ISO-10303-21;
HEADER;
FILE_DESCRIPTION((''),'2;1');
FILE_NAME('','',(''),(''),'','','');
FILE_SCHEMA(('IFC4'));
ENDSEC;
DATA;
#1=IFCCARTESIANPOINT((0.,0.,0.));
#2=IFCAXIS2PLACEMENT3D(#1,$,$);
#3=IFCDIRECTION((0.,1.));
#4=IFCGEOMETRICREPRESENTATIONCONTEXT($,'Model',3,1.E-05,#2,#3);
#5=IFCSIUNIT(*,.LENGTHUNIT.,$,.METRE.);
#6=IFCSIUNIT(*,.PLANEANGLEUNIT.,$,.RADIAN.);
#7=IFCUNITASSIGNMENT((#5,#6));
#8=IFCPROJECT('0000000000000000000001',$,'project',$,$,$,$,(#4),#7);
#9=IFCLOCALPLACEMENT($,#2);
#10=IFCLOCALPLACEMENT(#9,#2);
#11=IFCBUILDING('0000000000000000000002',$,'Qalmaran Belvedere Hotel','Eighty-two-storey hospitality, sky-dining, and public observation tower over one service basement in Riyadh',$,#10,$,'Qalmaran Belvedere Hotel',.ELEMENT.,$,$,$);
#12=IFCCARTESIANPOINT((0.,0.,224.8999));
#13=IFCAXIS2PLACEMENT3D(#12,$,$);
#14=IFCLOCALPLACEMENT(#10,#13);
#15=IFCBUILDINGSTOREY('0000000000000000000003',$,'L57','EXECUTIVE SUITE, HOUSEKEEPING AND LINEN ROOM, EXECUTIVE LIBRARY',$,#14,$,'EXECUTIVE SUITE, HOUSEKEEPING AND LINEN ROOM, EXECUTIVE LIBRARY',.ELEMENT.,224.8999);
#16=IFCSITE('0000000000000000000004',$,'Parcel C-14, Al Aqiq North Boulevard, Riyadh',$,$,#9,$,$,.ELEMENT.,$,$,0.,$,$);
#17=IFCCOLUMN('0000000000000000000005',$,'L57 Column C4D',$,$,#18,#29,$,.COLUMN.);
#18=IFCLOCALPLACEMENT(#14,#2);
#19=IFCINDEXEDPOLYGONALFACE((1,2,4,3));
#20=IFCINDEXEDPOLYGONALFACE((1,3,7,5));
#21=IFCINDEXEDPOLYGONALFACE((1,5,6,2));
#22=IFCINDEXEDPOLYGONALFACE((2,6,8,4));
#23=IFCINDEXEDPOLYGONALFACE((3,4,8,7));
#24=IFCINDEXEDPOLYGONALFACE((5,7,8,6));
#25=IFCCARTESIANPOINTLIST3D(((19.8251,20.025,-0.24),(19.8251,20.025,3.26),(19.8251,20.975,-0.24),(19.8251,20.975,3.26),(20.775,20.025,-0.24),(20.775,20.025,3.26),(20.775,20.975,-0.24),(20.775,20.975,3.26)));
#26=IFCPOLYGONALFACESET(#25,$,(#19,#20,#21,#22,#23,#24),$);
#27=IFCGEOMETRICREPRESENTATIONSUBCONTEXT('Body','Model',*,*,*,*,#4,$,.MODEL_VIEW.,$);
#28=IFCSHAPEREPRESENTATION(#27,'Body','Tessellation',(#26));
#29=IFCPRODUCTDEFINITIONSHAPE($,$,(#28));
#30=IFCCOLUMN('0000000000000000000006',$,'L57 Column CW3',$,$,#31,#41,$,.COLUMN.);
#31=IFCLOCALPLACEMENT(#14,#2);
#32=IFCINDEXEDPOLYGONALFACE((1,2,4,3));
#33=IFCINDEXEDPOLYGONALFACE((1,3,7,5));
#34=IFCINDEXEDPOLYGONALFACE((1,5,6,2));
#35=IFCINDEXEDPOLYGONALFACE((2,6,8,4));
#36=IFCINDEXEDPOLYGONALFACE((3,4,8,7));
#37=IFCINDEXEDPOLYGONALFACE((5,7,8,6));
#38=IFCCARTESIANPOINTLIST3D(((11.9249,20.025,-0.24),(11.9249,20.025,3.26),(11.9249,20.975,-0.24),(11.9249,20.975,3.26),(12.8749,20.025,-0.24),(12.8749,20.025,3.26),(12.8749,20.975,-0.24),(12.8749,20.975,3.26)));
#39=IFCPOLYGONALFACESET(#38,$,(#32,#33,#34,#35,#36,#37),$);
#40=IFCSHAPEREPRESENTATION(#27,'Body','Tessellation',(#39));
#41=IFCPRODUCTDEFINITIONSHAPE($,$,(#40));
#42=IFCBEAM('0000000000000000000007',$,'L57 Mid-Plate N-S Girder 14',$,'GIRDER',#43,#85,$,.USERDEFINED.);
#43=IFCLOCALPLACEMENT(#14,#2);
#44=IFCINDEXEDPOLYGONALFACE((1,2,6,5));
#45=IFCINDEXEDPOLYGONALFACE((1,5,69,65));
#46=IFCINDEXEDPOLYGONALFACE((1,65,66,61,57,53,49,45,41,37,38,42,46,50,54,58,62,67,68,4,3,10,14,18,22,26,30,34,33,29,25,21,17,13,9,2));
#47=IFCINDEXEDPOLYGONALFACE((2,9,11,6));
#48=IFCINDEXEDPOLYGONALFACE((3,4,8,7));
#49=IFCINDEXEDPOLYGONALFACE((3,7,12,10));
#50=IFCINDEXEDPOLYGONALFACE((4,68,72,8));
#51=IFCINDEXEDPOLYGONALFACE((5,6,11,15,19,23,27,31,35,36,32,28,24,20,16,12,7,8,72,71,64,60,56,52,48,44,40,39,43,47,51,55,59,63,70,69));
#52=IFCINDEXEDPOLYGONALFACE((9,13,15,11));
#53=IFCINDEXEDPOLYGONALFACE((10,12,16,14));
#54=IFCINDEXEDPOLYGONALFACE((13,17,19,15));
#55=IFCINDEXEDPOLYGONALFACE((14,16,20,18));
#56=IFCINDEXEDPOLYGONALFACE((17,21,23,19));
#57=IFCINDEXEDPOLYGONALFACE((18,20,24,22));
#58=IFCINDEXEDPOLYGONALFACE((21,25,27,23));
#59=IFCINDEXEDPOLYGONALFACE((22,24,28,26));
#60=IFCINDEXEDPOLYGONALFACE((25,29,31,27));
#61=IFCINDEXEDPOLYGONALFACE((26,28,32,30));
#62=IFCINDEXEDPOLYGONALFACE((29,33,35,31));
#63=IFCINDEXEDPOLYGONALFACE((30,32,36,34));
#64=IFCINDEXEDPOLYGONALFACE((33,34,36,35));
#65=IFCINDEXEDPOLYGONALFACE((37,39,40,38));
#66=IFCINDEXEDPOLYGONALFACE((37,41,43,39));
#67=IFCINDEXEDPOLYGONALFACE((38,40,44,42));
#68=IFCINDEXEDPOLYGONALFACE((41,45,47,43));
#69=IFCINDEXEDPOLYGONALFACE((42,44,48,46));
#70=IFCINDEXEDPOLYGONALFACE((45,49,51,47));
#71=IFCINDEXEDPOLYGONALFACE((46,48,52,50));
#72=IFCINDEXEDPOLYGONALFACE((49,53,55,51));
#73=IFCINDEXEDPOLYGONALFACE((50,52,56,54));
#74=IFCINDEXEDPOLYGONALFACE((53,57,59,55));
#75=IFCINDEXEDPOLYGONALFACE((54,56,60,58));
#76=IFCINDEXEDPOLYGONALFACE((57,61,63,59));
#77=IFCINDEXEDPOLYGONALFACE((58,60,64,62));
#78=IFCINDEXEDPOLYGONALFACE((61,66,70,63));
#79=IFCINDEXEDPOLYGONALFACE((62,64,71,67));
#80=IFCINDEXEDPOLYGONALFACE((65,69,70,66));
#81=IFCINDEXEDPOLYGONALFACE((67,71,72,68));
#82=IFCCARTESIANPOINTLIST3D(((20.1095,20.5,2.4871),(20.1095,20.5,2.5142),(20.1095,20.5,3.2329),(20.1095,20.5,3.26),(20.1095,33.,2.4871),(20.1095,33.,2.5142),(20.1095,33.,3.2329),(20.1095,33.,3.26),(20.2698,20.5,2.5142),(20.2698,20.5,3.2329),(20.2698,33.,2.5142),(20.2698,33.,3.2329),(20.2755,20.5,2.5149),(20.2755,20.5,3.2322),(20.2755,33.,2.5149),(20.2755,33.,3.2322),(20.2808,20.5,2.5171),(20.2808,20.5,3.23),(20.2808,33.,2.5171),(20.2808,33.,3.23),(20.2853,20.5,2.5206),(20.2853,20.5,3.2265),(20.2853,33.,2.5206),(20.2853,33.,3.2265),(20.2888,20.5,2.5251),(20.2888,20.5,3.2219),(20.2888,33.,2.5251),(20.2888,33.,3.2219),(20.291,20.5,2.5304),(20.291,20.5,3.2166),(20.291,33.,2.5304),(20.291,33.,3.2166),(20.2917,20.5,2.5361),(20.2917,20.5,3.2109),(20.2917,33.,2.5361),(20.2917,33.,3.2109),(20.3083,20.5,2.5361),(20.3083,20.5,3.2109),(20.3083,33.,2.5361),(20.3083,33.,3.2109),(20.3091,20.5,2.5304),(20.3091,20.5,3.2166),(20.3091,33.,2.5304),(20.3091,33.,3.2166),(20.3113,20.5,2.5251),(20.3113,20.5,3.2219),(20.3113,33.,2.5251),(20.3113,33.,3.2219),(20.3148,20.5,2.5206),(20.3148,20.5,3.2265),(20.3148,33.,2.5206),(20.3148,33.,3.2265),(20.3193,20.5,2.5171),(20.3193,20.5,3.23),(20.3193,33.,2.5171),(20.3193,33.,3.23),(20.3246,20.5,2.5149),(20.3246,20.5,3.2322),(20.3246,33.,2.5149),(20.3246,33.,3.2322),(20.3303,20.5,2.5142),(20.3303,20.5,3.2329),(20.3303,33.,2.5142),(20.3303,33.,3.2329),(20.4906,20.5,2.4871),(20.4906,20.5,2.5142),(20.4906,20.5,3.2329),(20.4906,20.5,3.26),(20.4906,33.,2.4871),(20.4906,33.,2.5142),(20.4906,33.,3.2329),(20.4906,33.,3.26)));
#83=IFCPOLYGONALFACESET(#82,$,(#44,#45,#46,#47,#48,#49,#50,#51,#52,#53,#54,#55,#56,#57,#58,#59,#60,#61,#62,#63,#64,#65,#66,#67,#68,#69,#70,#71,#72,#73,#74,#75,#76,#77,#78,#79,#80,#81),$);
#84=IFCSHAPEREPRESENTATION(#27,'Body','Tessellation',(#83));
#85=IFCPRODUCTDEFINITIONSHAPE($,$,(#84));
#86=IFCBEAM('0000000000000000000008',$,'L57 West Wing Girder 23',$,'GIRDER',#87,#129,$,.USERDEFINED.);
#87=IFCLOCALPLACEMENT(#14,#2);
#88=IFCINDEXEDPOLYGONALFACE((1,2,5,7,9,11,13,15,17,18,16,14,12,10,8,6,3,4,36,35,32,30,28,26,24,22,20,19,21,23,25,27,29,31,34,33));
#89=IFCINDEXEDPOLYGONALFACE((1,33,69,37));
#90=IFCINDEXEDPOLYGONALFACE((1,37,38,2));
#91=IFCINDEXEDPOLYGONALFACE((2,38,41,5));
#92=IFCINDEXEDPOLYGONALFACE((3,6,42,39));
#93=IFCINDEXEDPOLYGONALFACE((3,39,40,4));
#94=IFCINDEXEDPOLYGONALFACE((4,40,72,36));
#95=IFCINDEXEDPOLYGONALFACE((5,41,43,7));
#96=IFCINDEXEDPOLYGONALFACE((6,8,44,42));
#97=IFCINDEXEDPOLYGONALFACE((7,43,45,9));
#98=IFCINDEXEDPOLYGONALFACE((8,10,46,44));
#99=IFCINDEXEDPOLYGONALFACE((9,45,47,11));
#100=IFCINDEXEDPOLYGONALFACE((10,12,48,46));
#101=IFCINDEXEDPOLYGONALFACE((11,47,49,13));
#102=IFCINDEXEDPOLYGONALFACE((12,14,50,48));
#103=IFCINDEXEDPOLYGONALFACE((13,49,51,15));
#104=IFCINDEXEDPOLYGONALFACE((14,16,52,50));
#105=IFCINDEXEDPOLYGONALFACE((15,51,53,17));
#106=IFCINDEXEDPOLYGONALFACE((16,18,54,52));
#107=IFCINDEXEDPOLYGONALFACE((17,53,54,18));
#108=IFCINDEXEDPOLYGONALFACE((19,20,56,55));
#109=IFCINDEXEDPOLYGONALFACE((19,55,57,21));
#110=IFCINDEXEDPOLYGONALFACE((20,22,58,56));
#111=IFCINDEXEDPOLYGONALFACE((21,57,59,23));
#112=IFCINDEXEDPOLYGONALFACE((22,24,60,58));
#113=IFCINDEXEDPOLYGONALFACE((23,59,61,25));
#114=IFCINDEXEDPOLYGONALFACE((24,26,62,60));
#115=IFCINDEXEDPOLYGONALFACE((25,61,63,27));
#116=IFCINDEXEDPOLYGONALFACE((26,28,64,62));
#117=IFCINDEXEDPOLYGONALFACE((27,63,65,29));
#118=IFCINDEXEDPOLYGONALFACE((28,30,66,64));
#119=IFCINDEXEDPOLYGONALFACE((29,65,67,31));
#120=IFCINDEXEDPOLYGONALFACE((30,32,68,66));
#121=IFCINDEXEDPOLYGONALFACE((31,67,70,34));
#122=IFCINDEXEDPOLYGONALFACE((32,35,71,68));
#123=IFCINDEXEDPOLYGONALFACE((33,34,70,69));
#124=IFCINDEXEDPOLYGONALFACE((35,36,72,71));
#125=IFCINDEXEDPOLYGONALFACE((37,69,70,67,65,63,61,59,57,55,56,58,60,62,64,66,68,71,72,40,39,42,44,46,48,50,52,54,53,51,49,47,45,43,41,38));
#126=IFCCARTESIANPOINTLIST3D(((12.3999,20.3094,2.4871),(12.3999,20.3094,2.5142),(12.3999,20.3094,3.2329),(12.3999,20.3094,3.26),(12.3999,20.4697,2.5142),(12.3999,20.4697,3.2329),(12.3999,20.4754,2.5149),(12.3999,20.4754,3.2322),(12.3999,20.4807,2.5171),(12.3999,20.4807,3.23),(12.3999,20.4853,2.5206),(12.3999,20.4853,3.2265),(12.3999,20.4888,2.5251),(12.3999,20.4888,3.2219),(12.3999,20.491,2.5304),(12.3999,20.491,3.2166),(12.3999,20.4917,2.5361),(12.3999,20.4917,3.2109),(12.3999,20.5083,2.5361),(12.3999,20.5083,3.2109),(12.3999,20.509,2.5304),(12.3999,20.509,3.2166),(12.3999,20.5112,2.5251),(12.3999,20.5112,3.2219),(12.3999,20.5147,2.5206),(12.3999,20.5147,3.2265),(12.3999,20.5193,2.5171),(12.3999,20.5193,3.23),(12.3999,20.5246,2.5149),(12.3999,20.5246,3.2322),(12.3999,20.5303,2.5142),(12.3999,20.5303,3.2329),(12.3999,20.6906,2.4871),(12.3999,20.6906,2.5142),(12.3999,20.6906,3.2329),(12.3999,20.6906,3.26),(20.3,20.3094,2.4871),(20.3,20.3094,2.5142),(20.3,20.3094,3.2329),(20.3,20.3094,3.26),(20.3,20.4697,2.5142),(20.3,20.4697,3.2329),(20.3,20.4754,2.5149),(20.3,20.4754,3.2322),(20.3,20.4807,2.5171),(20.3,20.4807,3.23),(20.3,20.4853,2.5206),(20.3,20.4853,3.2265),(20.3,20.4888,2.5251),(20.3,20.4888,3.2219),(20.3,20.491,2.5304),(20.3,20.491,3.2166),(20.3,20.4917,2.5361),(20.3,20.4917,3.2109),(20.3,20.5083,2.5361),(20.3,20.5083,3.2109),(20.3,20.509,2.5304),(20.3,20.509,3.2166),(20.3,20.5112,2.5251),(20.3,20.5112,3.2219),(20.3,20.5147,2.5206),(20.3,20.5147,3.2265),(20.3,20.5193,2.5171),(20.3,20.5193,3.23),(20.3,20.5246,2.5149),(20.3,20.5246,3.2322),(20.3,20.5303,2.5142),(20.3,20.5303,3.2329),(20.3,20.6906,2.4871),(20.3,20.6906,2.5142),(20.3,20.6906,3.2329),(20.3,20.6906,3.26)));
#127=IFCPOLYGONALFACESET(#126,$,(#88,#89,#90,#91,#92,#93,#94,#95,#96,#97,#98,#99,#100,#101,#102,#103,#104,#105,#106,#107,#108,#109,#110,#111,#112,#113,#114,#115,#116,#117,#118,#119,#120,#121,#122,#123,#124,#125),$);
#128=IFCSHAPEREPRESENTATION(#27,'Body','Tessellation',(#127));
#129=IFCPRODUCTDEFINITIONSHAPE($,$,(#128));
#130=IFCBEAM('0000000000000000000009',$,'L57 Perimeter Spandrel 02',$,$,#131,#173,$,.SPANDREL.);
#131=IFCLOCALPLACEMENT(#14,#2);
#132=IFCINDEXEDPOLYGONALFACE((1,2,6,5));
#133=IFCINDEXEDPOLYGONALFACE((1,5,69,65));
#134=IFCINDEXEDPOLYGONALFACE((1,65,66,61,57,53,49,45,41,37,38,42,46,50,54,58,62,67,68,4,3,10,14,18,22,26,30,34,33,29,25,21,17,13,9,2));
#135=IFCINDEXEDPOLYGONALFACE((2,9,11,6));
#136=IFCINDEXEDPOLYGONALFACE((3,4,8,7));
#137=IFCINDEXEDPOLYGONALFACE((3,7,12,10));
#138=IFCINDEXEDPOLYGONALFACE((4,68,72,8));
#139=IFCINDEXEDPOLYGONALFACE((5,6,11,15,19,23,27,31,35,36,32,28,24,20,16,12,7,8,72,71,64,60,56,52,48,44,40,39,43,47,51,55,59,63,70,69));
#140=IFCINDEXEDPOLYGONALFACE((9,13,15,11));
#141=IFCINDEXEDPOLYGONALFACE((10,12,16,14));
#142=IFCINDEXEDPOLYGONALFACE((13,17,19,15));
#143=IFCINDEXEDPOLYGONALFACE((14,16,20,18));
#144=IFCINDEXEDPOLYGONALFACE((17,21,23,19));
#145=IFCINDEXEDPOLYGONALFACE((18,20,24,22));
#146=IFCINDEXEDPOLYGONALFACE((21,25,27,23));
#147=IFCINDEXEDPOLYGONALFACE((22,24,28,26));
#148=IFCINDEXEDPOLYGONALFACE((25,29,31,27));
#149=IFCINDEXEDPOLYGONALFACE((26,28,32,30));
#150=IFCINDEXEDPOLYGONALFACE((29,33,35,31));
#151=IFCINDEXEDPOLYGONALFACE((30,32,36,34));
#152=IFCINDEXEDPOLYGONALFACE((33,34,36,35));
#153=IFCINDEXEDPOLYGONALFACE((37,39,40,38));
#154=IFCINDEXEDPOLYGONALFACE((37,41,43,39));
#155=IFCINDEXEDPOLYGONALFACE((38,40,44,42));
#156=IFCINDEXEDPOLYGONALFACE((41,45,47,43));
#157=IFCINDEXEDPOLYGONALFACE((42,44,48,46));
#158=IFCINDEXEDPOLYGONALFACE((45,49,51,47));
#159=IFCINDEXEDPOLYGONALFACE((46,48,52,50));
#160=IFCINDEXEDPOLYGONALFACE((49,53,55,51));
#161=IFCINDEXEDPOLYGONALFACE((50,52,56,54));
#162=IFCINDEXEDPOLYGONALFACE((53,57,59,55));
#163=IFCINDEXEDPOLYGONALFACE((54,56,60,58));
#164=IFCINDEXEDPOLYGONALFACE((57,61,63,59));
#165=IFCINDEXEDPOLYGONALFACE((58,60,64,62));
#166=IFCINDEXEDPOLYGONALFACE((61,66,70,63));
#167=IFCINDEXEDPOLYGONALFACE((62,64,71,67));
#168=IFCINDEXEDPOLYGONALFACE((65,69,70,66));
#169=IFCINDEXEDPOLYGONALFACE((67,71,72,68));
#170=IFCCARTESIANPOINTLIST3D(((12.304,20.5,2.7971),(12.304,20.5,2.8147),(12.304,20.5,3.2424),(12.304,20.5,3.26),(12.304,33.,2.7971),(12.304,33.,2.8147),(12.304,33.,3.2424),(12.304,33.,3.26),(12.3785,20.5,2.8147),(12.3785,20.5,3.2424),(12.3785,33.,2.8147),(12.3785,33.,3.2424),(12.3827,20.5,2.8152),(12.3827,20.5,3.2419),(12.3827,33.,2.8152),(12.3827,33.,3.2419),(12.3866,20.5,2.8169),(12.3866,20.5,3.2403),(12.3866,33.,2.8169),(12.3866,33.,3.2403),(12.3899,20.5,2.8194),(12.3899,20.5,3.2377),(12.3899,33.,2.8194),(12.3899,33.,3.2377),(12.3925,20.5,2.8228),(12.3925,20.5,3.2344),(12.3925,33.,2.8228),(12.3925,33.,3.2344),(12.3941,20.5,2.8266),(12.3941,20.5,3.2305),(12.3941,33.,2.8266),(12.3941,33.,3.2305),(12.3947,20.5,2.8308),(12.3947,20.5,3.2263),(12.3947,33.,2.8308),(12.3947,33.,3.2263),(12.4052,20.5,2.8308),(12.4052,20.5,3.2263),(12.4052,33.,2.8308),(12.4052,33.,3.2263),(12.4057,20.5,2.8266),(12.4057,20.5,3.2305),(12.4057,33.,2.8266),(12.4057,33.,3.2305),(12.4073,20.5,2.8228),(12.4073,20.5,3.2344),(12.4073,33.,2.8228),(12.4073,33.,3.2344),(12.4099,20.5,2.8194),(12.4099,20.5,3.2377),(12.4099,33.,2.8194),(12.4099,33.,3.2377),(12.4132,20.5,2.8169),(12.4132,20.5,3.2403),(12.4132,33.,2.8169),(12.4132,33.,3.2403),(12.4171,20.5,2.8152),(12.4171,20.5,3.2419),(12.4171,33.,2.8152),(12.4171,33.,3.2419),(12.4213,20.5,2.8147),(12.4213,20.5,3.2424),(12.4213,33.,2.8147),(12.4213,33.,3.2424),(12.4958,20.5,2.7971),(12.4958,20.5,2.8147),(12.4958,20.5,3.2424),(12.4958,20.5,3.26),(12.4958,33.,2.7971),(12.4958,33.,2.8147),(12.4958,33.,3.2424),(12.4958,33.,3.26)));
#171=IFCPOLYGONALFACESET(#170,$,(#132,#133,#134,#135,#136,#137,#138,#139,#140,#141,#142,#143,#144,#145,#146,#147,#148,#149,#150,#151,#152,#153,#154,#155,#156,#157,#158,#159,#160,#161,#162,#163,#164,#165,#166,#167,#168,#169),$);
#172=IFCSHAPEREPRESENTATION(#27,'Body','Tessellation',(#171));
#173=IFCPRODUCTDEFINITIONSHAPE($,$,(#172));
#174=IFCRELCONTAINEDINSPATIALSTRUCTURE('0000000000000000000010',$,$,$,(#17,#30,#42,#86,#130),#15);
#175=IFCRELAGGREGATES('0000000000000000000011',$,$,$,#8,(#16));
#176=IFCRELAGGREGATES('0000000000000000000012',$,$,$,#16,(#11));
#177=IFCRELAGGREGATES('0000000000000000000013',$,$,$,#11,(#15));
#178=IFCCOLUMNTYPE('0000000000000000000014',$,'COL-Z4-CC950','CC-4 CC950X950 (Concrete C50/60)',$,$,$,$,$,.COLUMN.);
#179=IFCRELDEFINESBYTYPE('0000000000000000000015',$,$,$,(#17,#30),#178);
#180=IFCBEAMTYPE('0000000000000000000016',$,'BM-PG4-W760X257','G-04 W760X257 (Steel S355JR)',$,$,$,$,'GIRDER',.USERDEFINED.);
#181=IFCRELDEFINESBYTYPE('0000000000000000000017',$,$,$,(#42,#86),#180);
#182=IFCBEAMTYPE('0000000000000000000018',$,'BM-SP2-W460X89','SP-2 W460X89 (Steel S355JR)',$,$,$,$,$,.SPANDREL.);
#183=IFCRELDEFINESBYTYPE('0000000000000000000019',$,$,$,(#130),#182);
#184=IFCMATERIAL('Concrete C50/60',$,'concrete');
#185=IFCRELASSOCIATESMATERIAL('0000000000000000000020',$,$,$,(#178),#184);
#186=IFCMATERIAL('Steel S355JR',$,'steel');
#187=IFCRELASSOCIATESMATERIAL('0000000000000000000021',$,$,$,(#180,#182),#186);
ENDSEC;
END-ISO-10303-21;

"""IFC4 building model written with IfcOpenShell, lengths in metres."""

from ifc_helpers import new_model, si_unit, direction, frame, origin, origin_2d, place, context, subcontext, project, spatial, rectangle, i_section, extrude, material, material_profile, profile_set, type_object, element, save


model = new_model("IFC4")

# Units and contexts
model_context = context("Model", 3, precision=1e-05, world=origin(), true_north=direction((0.0, 1.0)))
body_context = subcontext(model_context, "Body", "Model", "MODEL_VIEW")
ifc_project = project(units=[si_unit("LENGTHUNIT", "METRE"), si_unit("PLANEANGLEUNIT", "RADIAN")], contexts=[model_context])

# Site, building, storey
site_placement = place(None, origin())
site = spatial("IfcSite", under=ifc_project, at=site_placement, Name="Parcel C-14, Al Aqiq North Boulevard, Riyadh", CompositionType="ELEMENT", RefElevation=0.0)
building_placement = place(site_placement, origin())
building = spatial("IfcBuilding", under=site, at=building_placement, Name="Qalmaran Belvedere Hotel", Description="Eighty-two-storey hospitality, sky-dining, and public observation tower over one service basement in Riyadh", LongName="Qalmaran Belvedere Hotel", CompositionType="ELEMENT")
storey_placement = place(building_placement, frame((0.0, 0.0, 224.8999)))
storey = spatial("IfcBuildingStorey", under=building, at=storey_placement, Name="L57", Description="EXECUTIVE SUITE, HOUSEKEEPING AND LINEN ROOM, EXECUTIVE LIBRARY", LongName="EXECUTIVE SUITE, HOUSEKEEPING AND LINEN ROOM, EXECUTIVE LIBRARY", CompositionType="ELEMENT", Elevation=224.8999)

# Columns
ifc_material_1 = material(Name="Concrete C50/60", Category="concrete")
ifc_material_profile_1 = material_profile(ifc_material_1, rectangle(XDim=0.95, YDim=0.95, at=origin_2d()), Name="CC950X950")
ifc_profile_set_1 = profile_set([ifc_material_profile_1], Name="Concrete C50/60")
column_type = type_object("IfcColumnType", Name="COL-Z4-CC950", Description="CC-4 CC950X950 (Concrete C50/60)", PredefinedType="COLUMN", material=ifc_profile_set_1)
for number, where, z_axis, x_axis, name in (
    (1, (20.3, 20.5, -0.24), (0.0, 0.0, 1.0), (1.0, 0.0, 0.0), "L57 Column C4D"),
    (2, (12.3999, 20.5, -0.24), (0.0, 0.0, 1.0), (1.0, 0.0, 0.0), "L57 Column CW3"),
):
    element("IfcColumn", number, at=place(storey_placement, frame(where, z_axis=z_axis, x_axis=x_axis)), inside=storey, type_object=column_type, Name=name, PredefinedType="COLUMN", context=body_context, shape_type="SweptSolid", body=[
        extrude(rectangle(XDim=0.95, YDim=0.95, at=origin_2d()), origin(), (0.0, 0.0, 1.0), 3.5),
    ])

# Beams
ifc_material_2 = material(Name="Steel S355JR", Category="steel")
ifc_material_profile_2 = material_profile(ifc_material_2, i_section(OverallWidth=0.3811, OverallDepth=0.7729, WebThickness=0.0166, FlangeThickness=0.0271, FilletRadius=0.022, at=origin_2d()), Name="W760X257")
ifc_profile_set_2 = profile_set([ifc_material_profile_2], Name="Steel S355JR")
beam_type_1 = type_object("IfcBeamType", Name="BM-PG4-W760X257", Description="G-04 W760X257 (Steel S355JR)", ElementType="GIRDER", PredefinedType="USERDEFINED", material=ifc_profile_set_2)
beam_1_placement = place(storey_placement, frame((20.3, 20.5, 2.8735), z_axis=(0.0, 1.0, 0.0), x_axis=(-1.0, 0.0, 0.0)))
element("IfcBeam", 3, at=beam_1_placement, inside=storey, type_object=beam_type_1, Name="L57 Mid-Plate N-S Girder 14", ObjectType="GIRDER", PredefinedType="USERDEFINED", context=body_context, shape_type="SweptSolid", body=[
    extrude(i_section(OverallWidth=0.3811, OverallDepth=0.7729, WebThickness=0.0166, FlangeThickness=0.0271, FilletRadius=0.022, at=origin_2d()), origin(), (0.0, 0.0, 1.0), 12.5),
])
beam_2_placement = place(storey_placement, frame((12.3999, 20.5, 2.8735), z_axis=(1.0, 0.0, 0.0), x_axis=(0.0, 1.0, 0.0)))
element("IfcBeam", 4, at=beam_2_placement, inside=storey, type_object=beam_type_1, Name="L57 West Wing Girder 23", ObjectType="GIRDER", PredefinedType="USERDEFINED", context=body_context, shape_type="SweptSolid", body=[
    extrude(i_section(OverallWidth=0.3811, OverallDepth=0.7729, WebThickness=0.0166, FlangeThickness=0.0271, FilletRadius=0.022, at=origin_2d()), origin(), (0.0, 0.0, 1.0), 7.9001),
])
ifc_material_profile_3 = material_profile(ifc_material_2, i_section(OverallWidth=0.1919, OverallDepth=0.4629, WebThickness=0.0105, FlangeThickness=0.0176, FilletRadius=0.0161, at=origin_2d()), Name="W460X89")
ifc_profile_set_3 = profile_set([ifc_material_profile_3], Name="Steel S355JR")
beam_type_2 = type_object("IfcBeamType", Name="BM-SP2-W460X89", Description="SP-2 W460X89 (Steel S355JR)", PredefinedType="SPANDREL", material=ifc_profile_set_3)
beam_3_placement = place(storey_placement, frame((12.3999, 20.5, 3.0286), z_axis=(0.0, 1.0, 0.0), x_axis=(-1.0, 0.0, 0.0)))
element("IfcBeam", 5, at=beam_3_placement, inside=storey, type_object=beam_type_2, Name="L57 Perimeter Spandrel 02", PredefinedType="SPANDREL", context=body_context, shape_type="SweptSolid", body=[
    extrude(i_section(OverallWidth=0.1919, OverallDepth=0.4629, WebThickness=0.0105, FlangeThickness=0.0176, FilletRadius=0.0161, at=origin_2d()), origin(), (0.0, 0.0, 1.0), 12.5),
])

save(model, "model.ifc")
